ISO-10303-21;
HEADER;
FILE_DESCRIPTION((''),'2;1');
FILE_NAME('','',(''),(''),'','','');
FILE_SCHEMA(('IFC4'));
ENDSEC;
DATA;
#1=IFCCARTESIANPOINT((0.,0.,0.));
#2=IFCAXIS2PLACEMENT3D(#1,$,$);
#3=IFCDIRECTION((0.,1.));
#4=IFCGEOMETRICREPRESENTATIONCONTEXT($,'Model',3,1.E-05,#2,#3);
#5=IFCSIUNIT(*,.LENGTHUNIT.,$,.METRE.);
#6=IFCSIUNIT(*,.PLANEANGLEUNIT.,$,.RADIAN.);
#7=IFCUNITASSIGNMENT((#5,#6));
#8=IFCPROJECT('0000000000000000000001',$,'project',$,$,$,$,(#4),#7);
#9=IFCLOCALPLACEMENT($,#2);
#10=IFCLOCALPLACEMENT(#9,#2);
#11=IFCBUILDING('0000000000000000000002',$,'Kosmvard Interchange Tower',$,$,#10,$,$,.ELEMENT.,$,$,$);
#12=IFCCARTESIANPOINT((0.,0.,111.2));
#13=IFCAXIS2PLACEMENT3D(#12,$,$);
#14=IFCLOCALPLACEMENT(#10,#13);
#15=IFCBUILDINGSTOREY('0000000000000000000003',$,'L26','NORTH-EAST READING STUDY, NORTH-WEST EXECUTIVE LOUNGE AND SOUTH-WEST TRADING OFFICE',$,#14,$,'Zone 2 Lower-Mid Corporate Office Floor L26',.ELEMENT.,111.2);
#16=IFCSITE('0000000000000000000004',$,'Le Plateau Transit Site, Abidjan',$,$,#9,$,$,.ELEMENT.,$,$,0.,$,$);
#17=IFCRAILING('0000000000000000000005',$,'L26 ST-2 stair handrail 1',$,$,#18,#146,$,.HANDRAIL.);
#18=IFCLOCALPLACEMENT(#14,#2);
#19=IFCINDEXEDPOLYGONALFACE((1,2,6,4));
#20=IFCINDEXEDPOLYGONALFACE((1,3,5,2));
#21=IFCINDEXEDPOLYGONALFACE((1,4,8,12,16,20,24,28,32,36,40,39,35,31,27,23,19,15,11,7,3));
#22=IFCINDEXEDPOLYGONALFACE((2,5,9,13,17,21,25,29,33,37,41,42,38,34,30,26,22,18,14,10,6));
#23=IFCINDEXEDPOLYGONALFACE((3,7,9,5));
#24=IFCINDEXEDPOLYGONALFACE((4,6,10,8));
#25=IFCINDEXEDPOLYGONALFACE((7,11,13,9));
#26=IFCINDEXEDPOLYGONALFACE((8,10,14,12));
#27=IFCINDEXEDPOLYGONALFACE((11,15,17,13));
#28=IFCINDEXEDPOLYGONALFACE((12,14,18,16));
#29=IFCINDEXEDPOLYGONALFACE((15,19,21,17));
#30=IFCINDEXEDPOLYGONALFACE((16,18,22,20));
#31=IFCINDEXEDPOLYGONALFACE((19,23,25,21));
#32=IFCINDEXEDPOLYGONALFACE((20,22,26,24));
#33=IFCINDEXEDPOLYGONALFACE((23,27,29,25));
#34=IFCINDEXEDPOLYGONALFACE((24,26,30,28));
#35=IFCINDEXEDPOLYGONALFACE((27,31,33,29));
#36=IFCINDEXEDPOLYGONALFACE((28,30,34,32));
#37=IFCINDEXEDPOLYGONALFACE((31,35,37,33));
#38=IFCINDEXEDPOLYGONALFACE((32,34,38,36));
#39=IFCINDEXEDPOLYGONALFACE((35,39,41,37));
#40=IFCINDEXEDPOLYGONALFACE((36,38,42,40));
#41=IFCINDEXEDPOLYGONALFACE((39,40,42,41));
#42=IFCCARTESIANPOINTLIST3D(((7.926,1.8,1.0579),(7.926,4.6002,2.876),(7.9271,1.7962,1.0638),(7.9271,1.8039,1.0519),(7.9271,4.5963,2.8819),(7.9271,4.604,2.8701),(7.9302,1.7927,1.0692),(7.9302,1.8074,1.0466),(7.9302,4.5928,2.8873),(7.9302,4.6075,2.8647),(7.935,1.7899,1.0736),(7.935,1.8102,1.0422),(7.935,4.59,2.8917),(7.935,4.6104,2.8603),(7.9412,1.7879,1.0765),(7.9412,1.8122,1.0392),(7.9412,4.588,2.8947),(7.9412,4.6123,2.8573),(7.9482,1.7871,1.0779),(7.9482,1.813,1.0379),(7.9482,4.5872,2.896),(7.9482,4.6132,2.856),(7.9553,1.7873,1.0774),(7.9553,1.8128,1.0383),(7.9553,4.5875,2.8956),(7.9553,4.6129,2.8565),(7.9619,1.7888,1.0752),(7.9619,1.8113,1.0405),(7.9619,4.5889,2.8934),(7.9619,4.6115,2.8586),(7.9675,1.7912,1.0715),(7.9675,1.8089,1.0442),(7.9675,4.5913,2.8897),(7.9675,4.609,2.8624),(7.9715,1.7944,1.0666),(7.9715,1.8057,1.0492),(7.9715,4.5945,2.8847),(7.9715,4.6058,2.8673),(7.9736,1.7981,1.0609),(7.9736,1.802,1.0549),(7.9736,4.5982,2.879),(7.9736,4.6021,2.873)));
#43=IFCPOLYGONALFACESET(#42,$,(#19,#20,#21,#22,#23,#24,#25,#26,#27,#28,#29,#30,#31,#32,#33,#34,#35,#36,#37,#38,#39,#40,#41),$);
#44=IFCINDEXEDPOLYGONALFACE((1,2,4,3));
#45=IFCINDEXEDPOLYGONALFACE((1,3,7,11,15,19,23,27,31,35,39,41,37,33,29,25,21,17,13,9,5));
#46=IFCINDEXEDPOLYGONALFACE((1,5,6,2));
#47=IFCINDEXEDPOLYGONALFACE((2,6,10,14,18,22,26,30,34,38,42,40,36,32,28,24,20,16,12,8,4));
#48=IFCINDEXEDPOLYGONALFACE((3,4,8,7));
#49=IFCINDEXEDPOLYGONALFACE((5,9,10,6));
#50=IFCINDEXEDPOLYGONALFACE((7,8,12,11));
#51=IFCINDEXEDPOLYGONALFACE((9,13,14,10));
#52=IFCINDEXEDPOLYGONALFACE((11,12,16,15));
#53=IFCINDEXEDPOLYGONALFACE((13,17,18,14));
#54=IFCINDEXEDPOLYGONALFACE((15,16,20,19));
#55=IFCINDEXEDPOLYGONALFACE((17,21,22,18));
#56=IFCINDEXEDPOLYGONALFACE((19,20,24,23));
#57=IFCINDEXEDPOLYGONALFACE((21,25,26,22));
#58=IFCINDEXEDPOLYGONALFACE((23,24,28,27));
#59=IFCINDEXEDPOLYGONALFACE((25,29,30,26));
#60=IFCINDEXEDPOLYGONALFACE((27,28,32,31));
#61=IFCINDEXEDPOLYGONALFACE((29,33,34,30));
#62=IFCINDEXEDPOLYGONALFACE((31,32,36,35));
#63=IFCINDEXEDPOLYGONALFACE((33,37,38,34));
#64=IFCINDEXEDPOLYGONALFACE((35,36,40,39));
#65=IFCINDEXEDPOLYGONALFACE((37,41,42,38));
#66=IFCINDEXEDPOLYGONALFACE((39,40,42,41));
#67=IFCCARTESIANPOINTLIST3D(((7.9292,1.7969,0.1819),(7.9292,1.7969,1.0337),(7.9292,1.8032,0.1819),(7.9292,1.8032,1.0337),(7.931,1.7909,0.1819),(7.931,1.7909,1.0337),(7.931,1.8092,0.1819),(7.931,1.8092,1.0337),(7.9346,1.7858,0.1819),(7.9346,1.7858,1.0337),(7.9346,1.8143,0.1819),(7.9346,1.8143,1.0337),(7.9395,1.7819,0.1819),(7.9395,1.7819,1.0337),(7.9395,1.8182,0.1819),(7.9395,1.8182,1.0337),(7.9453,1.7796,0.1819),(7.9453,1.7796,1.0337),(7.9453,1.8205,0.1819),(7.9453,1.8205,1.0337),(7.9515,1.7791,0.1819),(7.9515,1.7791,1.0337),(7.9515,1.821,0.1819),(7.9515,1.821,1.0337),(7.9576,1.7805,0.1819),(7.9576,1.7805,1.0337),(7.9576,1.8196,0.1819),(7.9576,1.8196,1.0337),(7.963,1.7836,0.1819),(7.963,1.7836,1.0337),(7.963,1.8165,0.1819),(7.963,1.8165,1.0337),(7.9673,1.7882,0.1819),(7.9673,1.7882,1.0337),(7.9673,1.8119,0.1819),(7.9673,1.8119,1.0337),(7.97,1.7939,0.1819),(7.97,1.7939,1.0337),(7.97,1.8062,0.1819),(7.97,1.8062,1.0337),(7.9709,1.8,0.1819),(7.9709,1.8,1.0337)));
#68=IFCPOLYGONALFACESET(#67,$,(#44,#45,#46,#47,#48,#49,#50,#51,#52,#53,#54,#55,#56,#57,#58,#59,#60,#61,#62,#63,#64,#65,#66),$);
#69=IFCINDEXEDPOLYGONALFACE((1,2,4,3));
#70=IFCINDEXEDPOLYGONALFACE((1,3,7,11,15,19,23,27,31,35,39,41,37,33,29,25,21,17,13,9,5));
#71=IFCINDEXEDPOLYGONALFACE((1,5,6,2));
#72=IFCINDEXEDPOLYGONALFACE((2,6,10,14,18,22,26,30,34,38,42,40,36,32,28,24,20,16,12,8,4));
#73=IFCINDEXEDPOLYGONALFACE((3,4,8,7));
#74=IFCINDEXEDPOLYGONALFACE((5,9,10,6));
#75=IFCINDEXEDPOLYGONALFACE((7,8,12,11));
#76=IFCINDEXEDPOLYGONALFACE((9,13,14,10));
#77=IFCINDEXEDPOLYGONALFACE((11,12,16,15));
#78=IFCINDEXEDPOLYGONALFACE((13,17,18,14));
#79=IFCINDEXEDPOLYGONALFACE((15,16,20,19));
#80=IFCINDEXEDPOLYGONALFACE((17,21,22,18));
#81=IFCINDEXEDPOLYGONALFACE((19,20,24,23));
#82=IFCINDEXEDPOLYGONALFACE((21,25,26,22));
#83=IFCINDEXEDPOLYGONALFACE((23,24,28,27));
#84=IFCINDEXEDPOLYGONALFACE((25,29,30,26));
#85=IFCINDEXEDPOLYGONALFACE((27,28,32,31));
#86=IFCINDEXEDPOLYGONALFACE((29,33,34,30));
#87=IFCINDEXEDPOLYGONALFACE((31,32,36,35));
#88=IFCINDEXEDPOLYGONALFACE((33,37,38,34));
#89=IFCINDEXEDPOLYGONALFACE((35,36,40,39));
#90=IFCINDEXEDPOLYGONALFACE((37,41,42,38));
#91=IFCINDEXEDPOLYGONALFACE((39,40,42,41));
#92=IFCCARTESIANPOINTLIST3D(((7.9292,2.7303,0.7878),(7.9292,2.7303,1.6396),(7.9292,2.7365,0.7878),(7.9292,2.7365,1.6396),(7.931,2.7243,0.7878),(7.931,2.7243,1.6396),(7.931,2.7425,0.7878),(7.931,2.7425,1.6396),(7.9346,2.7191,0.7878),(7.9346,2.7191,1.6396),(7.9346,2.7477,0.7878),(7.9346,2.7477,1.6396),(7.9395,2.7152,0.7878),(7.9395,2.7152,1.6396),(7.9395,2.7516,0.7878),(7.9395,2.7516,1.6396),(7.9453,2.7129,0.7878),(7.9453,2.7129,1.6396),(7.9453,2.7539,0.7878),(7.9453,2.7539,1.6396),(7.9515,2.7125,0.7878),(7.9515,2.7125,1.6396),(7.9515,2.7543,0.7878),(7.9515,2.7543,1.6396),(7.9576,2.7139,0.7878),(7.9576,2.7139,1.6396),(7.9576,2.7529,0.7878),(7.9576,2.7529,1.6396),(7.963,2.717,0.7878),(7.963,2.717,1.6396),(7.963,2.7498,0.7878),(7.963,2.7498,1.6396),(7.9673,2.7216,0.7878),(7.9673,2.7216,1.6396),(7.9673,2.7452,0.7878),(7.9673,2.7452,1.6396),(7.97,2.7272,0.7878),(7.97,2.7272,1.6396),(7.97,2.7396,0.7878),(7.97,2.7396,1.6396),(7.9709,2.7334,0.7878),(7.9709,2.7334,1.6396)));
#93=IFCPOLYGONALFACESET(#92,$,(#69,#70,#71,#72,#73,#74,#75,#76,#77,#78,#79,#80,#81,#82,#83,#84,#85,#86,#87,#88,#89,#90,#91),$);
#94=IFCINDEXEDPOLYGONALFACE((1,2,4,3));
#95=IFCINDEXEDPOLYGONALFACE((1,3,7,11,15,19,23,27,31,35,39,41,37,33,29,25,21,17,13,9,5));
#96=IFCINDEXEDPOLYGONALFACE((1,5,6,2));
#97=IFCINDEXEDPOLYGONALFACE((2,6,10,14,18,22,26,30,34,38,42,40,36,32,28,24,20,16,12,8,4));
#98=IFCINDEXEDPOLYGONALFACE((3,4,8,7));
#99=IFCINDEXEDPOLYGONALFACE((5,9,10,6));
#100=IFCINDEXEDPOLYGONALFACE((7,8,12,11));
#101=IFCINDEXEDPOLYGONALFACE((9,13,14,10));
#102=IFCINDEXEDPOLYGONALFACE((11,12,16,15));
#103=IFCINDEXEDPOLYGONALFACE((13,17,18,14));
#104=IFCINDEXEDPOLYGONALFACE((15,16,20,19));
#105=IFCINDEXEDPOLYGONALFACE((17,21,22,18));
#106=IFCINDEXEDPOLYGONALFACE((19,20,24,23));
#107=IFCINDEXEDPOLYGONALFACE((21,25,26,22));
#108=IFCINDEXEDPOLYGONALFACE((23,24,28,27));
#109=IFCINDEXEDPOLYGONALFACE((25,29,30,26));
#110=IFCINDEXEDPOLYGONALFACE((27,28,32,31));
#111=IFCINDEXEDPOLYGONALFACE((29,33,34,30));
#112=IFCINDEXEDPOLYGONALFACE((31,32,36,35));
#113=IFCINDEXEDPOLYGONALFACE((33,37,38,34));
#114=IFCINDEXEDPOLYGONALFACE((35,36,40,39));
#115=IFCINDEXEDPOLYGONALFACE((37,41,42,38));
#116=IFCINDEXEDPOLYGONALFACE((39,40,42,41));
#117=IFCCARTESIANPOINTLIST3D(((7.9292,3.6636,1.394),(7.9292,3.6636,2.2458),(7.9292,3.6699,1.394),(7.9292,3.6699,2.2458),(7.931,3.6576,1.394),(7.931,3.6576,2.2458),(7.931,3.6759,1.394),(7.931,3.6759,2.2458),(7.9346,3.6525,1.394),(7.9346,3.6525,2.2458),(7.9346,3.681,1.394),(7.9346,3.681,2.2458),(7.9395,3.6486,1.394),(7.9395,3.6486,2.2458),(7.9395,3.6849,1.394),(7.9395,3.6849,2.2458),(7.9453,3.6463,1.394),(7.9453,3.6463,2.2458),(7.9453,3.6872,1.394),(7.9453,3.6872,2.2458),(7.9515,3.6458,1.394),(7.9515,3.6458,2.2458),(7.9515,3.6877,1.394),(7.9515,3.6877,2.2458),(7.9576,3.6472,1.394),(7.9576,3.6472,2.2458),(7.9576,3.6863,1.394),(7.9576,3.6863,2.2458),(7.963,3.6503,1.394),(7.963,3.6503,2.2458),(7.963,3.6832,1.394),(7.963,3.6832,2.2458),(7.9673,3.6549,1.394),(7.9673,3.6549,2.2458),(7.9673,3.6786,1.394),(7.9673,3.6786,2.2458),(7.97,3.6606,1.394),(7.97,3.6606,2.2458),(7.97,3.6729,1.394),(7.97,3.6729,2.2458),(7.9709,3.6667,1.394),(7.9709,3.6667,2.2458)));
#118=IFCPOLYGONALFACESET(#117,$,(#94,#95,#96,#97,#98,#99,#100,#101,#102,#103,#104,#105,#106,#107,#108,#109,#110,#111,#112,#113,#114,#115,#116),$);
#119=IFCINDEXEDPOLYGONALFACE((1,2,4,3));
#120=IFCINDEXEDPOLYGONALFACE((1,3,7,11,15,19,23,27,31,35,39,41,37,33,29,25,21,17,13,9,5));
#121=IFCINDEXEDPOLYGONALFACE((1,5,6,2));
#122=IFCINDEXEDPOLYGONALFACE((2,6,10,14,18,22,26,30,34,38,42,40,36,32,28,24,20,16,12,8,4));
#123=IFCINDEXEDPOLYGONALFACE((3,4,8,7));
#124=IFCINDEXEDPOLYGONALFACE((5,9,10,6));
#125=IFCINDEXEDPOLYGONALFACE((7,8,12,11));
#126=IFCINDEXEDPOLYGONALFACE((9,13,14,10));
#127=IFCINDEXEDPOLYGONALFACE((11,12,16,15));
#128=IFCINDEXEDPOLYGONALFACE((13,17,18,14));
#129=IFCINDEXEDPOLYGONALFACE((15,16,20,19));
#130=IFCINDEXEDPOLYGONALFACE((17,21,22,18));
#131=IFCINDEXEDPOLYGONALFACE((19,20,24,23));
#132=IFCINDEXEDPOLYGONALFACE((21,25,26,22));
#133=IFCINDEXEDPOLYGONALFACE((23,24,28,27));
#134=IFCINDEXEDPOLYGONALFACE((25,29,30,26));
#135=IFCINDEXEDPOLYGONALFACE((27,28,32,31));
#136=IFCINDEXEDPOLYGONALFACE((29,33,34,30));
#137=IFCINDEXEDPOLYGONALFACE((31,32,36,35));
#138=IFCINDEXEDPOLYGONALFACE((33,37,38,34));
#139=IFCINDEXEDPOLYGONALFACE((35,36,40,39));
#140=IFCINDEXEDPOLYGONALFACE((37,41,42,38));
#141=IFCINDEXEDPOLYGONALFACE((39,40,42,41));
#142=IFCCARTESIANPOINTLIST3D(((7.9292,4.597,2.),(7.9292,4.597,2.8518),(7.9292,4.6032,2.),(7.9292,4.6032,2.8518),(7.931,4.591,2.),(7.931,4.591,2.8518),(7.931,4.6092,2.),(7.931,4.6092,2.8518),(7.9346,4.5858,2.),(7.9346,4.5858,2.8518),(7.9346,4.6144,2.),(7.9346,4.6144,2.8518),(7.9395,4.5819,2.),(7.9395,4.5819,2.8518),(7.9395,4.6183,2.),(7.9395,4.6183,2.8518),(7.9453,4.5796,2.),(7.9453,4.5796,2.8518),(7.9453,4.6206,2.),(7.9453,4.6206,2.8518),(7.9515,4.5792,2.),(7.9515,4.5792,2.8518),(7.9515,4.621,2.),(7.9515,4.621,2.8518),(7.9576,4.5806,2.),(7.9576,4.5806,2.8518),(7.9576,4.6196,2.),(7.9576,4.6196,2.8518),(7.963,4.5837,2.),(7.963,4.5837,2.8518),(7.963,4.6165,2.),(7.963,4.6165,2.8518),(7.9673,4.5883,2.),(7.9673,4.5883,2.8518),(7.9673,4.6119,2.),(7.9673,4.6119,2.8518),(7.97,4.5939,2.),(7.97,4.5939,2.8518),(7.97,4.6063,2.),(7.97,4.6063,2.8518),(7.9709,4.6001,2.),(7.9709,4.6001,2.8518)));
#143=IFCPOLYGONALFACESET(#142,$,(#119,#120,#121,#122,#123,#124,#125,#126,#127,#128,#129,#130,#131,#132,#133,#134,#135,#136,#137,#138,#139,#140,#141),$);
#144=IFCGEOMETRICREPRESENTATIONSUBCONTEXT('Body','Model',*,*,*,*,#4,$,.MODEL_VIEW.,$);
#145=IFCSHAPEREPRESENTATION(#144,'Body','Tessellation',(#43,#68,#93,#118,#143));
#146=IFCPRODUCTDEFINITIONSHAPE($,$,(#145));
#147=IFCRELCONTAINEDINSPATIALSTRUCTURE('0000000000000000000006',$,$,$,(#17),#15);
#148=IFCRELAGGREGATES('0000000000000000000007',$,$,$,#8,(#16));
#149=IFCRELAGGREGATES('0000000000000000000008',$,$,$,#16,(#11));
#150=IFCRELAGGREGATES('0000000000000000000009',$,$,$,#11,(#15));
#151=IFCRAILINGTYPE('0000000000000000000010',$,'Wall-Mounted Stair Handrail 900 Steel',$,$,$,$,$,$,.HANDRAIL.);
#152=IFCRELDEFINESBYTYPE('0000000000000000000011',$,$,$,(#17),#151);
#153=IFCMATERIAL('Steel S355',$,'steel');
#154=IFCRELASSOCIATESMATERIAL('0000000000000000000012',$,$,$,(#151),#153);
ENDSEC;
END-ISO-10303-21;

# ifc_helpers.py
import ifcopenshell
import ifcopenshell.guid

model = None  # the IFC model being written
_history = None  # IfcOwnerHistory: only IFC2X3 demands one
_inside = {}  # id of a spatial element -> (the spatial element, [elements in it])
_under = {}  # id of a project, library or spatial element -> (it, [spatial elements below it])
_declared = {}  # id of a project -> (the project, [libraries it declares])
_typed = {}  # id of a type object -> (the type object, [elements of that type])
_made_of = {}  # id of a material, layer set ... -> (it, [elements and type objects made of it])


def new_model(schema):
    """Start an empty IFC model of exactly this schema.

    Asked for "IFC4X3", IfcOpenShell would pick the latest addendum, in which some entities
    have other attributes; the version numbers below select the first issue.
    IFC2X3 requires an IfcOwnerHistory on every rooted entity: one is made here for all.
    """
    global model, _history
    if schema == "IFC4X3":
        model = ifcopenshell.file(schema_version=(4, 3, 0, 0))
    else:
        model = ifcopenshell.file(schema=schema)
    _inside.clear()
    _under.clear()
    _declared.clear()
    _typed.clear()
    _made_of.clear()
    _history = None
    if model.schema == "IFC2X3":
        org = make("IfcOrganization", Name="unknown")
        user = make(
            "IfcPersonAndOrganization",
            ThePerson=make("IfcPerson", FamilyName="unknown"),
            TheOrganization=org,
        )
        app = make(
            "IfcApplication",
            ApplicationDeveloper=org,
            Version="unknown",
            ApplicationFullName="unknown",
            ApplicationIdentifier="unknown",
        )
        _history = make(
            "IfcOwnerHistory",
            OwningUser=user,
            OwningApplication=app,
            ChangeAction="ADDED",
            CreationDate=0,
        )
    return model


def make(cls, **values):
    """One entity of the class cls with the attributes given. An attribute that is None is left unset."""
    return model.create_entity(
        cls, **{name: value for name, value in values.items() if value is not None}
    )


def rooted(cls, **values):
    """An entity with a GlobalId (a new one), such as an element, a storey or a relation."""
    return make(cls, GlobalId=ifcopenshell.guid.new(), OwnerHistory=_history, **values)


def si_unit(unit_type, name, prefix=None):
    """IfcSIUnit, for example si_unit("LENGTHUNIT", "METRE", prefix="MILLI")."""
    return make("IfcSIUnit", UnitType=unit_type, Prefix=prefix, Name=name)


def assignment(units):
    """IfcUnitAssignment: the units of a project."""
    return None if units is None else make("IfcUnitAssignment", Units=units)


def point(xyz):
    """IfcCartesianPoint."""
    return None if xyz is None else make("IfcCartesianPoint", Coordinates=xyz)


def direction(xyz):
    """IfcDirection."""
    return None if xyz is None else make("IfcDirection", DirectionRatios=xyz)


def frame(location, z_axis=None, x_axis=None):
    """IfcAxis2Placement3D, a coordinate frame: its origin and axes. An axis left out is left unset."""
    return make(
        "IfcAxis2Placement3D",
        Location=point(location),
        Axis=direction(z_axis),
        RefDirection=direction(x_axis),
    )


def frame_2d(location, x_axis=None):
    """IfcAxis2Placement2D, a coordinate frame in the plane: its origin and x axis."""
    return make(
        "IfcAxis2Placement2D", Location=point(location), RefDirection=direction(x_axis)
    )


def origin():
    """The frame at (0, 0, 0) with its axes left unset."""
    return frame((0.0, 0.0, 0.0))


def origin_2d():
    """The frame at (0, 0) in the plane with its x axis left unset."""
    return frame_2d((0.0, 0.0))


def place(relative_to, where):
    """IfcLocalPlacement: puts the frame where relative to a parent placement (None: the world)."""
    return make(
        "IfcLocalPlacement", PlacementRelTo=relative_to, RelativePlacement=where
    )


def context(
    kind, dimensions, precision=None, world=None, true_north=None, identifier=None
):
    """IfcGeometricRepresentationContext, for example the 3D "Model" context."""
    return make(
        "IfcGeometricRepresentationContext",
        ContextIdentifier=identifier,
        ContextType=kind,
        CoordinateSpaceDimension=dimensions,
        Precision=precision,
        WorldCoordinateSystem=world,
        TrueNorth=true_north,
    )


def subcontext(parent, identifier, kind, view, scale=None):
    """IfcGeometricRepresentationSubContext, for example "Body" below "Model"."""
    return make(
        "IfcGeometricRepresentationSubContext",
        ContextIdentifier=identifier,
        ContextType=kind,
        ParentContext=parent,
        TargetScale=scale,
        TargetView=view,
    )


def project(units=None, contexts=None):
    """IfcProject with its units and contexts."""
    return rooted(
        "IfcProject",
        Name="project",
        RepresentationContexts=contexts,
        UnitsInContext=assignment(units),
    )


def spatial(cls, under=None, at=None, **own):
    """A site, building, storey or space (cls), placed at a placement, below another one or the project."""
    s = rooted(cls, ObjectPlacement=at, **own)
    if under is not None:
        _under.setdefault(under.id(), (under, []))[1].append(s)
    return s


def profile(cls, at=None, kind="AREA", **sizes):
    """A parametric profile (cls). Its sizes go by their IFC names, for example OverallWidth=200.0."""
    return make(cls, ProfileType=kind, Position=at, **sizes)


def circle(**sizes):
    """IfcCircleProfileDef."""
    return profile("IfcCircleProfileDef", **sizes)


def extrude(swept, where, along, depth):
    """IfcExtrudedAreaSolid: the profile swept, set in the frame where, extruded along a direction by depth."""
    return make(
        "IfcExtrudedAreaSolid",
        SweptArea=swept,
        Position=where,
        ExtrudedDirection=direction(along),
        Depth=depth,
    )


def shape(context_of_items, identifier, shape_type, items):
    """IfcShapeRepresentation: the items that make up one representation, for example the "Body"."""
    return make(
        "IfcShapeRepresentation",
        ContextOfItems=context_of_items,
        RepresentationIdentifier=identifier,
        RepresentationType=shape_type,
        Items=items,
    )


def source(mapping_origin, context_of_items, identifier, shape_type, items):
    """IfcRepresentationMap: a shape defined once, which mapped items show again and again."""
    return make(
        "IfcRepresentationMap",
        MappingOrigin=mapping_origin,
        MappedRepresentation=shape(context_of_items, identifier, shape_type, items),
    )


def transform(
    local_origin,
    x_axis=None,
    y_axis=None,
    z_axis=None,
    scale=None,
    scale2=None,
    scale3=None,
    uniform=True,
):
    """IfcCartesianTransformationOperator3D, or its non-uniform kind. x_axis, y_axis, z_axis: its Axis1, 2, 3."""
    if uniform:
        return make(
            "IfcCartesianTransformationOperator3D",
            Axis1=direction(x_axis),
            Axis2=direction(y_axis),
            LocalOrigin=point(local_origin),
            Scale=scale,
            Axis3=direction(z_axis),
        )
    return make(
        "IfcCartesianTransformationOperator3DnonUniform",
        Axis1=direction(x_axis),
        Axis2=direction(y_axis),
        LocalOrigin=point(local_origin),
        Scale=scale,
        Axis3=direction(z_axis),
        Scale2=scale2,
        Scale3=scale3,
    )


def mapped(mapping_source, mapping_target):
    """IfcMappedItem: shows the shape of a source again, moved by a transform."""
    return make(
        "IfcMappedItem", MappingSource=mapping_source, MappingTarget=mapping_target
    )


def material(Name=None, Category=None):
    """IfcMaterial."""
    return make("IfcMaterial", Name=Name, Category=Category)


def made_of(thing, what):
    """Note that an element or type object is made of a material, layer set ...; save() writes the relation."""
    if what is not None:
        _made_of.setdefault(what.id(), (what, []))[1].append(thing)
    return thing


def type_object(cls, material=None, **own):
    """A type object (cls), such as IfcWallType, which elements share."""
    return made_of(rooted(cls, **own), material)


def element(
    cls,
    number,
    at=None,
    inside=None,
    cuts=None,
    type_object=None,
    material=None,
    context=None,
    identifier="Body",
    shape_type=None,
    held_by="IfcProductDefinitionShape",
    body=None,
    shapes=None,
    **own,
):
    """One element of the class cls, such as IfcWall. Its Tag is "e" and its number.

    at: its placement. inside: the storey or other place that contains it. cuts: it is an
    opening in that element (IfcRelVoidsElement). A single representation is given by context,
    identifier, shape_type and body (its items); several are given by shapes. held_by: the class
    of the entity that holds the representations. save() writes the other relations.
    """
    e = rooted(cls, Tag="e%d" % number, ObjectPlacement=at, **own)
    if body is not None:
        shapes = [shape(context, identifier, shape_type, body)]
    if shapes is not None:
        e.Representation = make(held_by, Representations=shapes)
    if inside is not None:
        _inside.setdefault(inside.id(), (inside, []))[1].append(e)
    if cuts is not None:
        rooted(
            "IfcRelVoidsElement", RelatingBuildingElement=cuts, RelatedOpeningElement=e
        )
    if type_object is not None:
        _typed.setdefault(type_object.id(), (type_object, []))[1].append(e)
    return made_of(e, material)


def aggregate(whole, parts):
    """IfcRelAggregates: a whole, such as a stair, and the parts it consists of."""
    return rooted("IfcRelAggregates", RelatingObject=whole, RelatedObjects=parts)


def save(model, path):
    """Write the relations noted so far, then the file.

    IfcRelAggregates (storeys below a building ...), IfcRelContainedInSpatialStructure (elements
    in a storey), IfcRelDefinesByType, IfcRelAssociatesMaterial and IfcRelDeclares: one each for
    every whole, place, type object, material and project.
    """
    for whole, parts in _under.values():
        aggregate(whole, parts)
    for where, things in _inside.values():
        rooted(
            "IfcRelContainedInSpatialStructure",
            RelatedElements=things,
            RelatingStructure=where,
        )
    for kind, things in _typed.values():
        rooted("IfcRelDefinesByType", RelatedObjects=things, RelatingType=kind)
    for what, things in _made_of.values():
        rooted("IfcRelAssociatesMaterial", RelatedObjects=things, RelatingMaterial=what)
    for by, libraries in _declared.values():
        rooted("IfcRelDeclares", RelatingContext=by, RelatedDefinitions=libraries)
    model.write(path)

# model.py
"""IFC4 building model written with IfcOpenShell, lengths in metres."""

from ifc_helpers import new_model, si_unit, direction, frame, origin, origin_2d, place, context, subcontext, project, spatial, circle, extrude, source, transform, mapped, material, type_object, element, save


model = new_model("IFC4")

# Units and contexts
model_context = context("Model", 3, precision=1e-05, world=origin(), true_north=direction((0.0, 1.0)))
body_context = subcontext(model_context, "Body", "Model", "MODEL_VIEW")
ifc_project = project(units=[si_unit("LENGTHUNIT", "METRE"), si_unit("PLANEANGLEUNIT", "RADIAN")], contexts=[model_context])

# Site, building, storey
site_placement = place(None, origin())
site = spatial("IfcSite", under=ifc_project, at=site_placement, Name="Le Plateau Transit Site, Abidjan", CompositionType="ELEMENT", RefElevation=0.0)
building_placement = place(site_placement, origin())
building = spatial("IfcBuilding", under=site, at=building_placement, Name="Kosmvard Interchange Tower", CompositionType="ELEMENT")
storey_placement = place(building_placement, frame((0.0, 0.0, 111.2)))
storey = spatial("IfcBuildingStorey", under=building, at=storey_placement, Name="L26", Description="NORTH-EAST READING STUDY, NORTH-WEST EXECUTIVE LOUNGE AND SOUTH-WEST TRADING OFFICE", LongName="Zone 2 Lower-Mid Corporate Office Floor L26", CompositionType="ELEMENT", Elevation=111.2)

# Shared definitions
ifc_material_1 = material(Name="Steel S355", Category="steel")

# Railing
railing_type_1 = type_object("IfcRailingType", Name="Wall-Mounted Stair Handrail 900 Steel", PredefinedType="HANDRAIL", material=ifc_material_1)
shared_shape_1 = source(origin(), body_context, "Body", "SweptSolid", [
    extrude(circle(Radius=0.0239, at=origin_2d()), frame((0.0, 0.0, 0.876), z_axis=(0.0, 0.838706, 0.544585), x_axis=(-1.0, 0.0, 0.0)), (0.0, 0.0, 1.0), 3.3386),
    extrude(circle(Radius=0.021, at=origin_2d()), origin(), (0.0, 0.0, 1.0), 0.8518),
    extrude(circle(Radius=0.021, at=origin_2d()), frame((0.0, 0.9333, 0.606)), (0.0, 0.0, 1.0), 0.8518),
    extrude(circle(Radius=0.021, at=origin_2d()), frame((0.0, 1.8667, 1.2122)), (0.0, 0.0, 1.0), 0.8518),
    extrude(circle(Radius=0.021, at=origin_2d()), frame((0.0, 2.8, 1.8181)), (0.0, 0.0, 1.0), 0.8518),
])
railing_1_placement = place(storey_placement, frame((7.95, 1.8, 0.1819)))
element("IfcRailing", 1, at=railing_1_placement, inside=storey, type_object=railing_type_1, Name="L26 ST-2 stair handrail 1", PredefinedType="HANDRAIL", context=body_context, shape_type="MappedRepresentation", body=[
    mapped(shared_shape_1, transform((0.0, 0.0, 0.0), scale=1.0)),
])

save(model, "model.ifc")
